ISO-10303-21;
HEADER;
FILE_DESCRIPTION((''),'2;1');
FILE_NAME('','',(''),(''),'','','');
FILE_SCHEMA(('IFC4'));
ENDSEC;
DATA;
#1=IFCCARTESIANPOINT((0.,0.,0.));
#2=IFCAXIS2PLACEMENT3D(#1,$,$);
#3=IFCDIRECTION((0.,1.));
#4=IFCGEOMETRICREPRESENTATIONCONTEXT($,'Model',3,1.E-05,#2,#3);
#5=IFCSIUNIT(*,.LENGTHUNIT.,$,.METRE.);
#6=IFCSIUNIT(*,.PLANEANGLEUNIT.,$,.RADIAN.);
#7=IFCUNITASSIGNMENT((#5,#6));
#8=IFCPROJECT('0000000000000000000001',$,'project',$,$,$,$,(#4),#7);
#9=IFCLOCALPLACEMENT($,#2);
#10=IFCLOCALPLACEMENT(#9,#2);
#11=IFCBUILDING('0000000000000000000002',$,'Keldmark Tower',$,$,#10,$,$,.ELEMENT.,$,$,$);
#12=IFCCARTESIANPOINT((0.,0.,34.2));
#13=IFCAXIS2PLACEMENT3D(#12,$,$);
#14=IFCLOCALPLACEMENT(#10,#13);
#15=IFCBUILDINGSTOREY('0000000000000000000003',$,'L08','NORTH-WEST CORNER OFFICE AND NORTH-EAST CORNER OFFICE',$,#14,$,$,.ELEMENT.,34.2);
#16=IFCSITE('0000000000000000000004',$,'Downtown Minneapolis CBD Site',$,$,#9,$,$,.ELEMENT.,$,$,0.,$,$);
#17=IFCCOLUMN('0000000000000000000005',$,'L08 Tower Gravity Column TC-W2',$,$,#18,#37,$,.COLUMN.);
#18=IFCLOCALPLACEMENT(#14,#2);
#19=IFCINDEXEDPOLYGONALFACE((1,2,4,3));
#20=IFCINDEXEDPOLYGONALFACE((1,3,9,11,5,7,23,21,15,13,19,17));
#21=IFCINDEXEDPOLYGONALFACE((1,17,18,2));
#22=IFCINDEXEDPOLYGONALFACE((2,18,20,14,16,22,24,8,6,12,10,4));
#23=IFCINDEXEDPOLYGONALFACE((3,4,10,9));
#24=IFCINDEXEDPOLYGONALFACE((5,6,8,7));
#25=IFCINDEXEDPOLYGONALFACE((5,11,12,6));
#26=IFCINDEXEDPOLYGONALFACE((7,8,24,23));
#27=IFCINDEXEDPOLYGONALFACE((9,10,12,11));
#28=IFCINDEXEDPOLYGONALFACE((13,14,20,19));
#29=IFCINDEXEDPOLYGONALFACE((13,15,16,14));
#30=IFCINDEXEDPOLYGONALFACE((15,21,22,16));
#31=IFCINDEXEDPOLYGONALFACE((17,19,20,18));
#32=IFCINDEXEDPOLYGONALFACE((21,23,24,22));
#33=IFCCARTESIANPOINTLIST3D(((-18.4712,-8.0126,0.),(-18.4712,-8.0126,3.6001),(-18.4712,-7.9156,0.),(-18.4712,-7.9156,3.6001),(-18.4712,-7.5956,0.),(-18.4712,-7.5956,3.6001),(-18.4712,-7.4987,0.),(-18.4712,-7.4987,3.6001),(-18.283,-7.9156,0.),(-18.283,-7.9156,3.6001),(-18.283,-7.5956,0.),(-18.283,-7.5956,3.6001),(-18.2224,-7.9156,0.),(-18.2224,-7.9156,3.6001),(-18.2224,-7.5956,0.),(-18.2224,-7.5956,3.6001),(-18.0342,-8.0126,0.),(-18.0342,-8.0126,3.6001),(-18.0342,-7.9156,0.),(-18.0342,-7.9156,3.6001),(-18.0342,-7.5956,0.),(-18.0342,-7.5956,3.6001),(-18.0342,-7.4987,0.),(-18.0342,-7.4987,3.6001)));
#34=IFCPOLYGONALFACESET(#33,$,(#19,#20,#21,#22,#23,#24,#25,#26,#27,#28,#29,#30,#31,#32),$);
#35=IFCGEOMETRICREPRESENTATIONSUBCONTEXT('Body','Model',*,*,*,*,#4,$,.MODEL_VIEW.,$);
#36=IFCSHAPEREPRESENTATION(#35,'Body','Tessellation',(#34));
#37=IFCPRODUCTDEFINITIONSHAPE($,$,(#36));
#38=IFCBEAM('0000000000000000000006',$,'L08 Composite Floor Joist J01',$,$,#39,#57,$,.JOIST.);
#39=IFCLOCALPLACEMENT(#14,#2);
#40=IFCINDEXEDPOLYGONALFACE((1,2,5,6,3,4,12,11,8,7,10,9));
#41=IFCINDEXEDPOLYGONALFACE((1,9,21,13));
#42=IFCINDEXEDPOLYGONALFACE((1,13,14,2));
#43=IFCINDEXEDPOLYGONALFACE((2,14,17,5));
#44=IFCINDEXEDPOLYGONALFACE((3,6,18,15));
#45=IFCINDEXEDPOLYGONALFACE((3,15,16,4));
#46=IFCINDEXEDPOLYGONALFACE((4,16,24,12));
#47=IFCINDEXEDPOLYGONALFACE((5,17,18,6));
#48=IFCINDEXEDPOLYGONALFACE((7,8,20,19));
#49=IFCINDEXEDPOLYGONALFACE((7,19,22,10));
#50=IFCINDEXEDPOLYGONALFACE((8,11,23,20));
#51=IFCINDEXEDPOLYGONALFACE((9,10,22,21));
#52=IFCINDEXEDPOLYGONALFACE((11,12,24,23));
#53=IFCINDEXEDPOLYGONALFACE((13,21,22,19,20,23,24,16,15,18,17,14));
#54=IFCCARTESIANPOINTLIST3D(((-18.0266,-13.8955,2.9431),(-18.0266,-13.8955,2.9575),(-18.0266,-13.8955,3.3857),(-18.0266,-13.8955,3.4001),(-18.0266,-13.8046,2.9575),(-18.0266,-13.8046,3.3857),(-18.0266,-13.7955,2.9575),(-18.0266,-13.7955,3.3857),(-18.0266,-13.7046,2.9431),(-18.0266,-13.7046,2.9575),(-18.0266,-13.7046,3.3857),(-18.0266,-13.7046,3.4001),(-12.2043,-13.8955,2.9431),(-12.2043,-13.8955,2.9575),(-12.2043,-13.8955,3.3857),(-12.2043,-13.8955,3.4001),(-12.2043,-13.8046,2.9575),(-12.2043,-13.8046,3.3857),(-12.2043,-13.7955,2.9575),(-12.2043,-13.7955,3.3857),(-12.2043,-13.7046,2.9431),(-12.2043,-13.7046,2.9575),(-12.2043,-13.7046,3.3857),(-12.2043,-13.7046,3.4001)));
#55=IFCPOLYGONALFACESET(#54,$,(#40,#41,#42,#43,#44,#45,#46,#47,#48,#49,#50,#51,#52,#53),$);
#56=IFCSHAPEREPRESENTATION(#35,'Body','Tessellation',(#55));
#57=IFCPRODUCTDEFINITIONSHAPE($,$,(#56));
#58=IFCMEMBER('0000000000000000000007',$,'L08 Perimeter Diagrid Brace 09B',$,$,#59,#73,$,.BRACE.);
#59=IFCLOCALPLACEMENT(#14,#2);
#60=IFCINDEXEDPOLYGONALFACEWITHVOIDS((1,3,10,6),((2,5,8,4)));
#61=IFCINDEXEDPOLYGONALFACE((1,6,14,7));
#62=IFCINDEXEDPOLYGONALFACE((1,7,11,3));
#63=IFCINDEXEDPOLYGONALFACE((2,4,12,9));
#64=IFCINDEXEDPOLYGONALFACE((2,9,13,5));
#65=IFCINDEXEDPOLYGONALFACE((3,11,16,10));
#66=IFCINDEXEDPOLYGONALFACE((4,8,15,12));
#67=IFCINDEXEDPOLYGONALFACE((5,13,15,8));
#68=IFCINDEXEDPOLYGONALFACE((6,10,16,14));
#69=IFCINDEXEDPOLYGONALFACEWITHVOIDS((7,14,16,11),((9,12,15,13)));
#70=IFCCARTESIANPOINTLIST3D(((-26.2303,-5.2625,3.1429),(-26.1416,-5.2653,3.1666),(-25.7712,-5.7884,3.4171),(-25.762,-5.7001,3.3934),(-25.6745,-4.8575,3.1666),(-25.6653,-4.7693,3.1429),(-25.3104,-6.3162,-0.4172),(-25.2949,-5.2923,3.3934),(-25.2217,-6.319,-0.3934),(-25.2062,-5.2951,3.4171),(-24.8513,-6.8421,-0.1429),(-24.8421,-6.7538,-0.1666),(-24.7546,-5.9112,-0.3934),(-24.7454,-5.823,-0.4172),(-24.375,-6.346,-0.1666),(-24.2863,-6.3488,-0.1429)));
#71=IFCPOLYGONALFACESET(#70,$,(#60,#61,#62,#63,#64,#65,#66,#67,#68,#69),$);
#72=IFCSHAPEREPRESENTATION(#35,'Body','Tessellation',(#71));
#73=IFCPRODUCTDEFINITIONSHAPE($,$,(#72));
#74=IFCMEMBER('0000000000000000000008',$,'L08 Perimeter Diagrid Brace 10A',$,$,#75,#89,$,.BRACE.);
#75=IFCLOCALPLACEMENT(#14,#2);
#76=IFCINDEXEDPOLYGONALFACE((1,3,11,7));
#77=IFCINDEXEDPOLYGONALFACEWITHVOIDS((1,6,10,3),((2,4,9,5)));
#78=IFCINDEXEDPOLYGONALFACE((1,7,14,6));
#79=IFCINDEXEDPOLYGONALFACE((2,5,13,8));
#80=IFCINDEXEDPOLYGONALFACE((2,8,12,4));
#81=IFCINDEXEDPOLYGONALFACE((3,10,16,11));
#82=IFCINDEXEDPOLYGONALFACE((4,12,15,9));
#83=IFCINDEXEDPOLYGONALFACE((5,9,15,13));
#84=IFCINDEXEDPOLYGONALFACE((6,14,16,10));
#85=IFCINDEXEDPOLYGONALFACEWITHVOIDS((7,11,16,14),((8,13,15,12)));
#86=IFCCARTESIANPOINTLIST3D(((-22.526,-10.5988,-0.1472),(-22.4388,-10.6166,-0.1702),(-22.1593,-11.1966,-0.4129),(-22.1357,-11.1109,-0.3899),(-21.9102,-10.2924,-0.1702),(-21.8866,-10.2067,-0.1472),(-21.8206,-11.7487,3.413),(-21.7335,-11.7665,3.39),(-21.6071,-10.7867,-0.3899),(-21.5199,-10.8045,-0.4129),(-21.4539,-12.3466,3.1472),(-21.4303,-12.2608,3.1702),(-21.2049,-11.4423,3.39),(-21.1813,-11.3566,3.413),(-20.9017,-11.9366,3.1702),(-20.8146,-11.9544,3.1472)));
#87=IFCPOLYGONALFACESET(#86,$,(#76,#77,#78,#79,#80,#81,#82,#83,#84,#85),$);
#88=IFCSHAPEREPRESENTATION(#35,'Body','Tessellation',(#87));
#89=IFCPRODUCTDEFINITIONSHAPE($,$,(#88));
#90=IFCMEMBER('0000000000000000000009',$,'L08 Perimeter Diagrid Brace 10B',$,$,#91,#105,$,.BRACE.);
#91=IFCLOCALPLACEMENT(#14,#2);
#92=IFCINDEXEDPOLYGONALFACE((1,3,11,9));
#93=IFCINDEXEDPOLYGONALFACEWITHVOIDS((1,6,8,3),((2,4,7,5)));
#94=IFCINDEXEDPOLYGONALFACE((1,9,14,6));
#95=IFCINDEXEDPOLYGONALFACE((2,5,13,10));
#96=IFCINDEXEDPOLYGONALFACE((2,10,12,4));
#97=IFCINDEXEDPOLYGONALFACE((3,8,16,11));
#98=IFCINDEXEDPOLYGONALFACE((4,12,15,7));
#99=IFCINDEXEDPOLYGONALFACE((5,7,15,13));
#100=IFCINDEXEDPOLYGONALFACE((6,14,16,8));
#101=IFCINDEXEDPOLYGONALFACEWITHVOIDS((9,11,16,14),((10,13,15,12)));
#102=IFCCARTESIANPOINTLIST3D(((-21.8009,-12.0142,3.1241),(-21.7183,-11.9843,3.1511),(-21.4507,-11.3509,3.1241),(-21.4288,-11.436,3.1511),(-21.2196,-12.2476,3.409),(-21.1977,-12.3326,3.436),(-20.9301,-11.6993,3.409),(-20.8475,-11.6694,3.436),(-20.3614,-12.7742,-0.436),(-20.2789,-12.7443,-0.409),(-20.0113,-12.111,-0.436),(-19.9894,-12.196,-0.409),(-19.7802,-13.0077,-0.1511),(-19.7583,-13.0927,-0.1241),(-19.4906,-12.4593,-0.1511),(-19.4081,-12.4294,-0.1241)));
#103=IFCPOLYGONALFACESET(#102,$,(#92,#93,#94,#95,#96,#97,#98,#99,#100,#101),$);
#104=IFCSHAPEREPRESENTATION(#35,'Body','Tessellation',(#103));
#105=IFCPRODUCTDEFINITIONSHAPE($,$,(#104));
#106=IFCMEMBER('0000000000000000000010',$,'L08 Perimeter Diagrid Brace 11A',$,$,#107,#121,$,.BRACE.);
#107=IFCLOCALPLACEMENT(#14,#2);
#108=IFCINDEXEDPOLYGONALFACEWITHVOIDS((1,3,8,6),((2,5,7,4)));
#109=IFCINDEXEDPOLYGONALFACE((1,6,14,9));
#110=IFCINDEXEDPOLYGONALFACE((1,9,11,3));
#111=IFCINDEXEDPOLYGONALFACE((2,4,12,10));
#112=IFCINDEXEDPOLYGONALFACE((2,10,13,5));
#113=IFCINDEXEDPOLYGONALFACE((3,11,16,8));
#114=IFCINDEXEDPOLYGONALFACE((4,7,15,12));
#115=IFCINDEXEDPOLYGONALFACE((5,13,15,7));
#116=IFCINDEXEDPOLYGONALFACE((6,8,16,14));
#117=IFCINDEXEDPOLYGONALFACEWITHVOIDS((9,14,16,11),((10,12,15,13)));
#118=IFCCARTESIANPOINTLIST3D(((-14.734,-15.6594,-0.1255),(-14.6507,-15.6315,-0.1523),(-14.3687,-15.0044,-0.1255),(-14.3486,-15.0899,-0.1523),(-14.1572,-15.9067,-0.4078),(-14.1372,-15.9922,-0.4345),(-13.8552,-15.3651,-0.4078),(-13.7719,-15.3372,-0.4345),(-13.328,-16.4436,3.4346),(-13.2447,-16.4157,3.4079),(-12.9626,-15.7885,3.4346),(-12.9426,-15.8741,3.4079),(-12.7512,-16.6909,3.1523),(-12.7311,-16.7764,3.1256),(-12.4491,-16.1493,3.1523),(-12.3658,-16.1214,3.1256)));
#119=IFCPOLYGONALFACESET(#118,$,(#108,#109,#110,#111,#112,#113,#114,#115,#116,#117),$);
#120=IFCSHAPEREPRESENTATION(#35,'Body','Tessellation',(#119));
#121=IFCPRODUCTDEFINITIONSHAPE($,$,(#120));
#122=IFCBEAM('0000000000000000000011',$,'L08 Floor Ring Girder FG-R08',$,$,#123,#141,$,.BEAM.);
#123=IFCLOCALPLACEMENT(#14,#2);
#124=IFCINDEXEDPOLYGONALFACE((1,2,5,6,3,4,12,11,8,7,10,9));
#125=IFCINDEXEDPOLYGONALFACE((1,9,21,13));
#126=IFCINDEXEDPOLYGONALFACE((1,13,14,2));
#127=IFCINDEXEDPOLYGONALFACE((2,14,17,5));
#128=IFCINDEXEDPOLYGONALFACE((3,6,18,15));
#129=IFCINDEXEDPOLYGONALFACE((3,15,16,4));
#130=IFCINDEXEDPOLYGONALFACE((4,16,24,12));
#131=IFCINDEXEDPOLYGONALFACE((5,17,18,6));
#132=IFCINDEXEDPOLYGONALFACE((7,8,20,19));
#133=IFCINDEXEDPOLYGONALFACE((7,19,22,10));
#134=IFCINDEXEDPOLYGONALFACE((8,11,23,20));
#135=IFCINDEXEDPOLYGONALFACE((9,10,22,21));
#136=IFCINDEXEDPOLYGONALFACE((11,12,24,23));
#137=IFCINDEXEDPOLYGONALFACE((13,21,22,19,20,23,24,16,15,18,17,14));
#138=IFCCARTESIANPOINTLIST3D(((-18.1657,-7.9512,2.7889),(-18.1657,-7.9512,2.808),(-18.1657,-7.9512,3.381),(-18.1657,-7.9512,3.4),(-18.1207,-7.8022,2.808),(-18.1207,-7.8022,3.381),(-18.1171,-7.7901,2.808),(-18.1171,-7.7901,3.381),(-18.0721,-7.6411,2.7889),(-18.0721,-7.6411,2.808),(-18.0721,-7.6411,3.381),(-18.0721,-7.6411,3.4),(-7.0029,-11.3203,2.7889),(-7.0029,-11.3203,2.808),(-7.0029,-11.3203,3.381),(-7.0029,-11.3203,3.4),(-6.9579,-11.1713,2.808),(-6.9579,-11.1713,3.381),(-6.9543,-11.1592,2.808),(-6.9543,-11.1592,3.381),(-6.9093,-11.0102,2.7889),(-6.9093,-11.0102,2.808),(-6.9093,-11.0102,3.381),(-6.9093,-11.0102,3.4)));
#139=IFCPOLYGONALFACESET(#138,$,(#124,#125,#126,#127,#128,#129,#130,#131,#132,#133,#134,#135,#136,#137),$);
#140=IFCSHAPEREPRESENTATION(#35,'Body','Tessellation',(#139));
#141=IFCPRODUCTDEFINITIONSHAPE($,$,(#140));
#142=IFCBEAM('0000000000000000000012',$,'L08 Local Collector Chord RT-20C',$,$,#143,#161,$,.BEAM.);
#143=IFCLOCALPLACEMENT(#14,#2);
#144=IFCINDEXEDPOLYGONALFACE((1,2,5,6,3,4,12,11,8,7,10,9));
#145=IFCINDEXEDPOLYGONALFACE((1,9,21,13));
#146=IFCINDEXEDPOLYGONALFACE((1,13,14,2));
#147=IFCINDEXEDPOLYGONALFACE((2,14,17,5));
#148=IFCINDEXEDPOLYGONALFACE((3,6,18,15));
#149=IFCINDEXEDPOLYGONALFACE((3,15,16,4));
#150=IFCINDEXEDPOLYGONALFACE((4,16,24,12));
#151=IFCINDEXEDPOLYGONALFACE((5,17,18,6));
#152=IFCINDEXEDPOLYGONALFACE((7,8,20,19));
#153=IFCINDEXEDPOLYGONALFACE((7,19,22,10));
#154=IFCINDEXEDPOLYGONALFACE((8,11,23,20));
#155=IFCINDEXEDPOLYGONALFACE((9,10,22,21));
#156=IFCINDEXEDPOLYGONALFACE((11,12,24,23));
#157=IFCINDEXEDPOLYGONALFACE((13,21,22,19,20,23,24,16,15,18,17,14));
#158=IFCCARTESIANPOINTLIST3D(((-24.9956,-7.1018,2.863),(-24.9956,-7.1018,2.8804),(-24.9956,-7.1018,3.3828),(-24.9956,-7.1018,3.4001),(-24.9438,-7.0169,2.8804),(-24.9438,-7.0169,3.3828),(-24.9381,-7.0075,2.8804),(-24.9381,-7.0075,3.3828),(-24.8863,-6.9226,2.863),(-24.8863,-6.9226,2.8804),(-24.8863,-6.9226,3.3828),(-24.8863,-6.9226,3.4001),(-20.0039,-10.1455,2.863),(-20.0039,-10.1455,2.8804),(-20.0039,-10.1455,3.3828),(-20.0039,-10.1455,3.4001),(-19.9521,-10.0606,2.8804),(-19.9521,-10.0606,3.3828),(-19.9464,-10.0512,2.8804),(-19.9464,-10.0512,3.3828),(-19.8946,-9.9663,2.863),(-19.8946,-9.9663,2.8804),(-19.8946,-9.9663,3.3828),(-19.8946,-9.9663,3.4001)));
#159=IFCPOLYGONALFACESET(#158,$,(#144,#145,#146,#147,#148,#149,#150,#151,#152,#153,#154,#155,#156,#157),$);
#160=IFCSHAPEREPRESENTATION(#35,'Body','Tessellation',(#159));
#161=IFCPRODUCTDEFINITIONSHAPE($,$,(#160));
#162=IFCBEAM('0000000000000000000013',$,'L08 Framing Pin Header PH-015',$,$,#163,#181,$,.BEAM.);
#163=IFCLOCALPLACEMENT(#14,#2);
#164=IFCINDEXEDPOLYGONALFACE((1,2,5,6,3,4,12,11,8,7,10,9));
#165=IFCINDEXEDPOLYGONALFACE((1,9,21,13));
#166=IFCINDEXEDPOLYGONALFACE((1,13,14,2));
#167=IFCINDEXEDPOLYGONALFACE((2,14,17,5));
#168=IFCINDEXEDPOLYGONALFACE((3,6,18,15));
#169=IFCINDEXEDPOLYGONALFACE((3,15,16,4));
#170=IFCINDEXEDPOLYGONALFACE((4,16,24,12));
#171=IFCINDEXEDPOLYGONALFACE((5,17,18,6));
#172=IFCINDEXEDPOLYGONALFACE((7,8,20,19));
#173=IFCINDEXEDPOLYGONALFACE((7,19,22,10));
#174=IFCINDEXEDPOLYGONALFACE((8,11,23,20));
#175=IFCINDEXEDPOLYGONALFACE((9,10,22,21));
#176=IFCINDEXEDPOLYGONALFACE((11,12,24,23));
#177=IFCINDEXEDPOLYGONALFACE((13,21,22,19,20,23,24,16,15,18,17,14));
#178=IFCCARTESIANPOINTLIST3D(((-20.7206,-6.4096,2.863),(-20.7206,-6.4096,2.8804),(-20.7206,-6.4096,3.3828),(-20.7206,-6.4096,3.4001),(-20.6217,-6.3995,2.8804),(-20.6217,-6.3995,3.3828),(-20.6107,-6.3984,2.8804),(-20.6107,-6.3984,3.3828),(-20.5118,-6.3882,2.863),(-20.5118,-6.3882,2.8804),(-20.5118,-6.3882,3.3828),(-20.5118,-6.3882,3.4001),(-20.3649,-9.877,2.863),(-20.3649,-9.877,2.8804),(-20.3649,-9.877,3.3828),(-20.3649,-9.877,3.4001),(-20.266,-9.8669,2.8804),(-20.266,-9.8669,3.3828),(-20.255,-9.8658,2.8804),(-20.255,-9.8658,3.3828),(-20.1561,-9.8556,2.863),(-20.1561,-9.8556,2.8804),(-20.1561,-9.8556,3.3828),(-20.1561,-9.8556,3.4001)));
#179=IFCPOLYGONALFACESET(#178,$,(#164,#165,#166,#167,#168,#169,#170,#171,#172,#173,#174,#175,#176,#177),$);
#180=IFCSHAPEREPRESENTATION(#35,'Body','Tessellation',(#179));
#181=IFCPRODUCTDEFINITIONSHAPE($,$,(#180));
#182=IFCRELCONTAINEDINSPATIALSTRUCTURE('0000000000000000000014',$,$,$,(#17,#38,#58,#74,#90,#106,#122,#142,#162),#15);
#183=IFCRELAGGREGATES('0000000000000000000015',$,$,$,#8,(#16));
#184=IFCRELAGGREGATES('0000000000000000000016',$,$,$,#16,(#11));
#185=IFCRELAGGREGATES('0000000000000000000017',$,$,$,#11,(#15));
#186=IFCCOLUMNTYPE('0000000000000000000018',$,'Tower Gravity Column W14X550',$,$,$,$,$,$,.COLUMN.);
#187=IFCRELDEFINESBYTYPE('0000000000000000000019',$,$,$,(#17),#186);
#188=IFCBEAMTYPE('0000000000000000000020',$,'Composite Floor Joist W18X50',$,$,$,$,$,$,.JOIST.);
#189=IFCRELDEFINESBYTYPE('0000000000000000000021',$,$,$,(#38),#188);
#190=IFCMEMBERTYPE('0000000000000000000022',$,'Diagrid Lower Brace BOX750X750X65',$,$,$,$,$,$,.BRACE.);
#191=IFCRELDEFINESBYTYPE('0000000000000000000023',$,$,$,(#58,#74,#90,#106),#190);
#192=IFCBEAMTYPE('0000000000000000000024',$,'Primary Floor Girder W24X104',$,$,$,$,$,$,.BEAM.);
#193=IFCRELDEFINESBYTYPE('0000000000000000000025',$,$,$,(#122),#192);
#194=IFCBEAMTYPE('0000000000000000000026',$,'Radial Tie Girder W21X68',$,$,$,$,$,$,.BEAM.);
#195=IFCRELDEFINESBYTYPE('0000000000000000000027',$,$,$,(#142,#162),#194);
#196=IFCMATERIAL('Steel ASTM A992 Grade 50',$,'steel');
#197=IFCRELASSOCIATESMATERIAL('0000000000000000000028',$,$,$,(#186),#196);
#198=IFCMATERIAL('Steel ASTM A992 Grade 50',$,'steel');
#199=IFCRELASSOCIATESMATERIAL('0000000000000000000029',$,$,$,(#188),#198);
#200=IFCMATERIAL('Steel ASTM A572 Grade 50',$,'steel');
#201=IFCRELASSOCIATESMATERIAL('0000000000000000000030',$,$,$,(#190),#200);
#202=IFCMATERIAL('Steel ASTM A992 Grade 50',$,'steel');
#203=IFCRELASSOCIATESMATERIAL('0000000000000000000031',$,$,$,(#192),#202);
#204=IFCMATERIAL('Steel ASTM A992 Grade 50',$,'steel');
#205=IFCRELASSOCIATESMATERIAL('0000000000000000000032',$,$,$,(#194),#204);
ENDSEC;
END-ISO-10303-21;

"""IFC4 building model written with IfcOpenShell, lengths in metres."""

from ifc_helpers import new_model, si_unit, direction, frame, origin, origin_2d, place, context, subcontext, project, spatial, hollow_rectangle, i_section, extrude, material, material_profile, profile_set, type_object, element, save


model = new_model("IFC4")

# Units and contexts
model_context = context("Model", 3, precision=1e-05, world=origin(), true_north=direction((0.0, 1.0)))
body_context = subcontext(model_context, "Body", "Model", "MODEL_VIEW")
ifc_project = project(units=[si_unit("LENGTHUNIT", "METRE"), si_unit("PLANEANGLEUNIT", "RADIAN")], contexts=[model_context])

# Site, building, storey
site_placement = place(None, origin())
site = spatial("IfcSite", under=ifc_project, at=site_placement, Name="Downtown Minneapolis CBD Site", CompositionType="ELEMENT", RefElevation=0.0)
building_placement = place(site_placement, origin())
building = spatial("IfcBuilding", under=site, at=building_placement, Name="Keldmark Tower", CompositionType="ELEMENT")
storey_placement = place(building_placement, frame((0.0, 0.0, 34.2)))
storey = spatial("IfcBuildingStorey", under=building, at=storey_placement, Name="L08", Description="NORTH-WEST CORNER OFFICE AND NORTH-EAST CORNER OFFICE", CompositionType="ELEMENT", Elevation=34.2)

# Column
ifc_material_1 = material(Name="Steel ASTM A992 Grade 50", Category="steel")
ifc_material_profile_1 = material_profile(ifc_material_1, i_section(OverallWidth=0.437, OverallDepth=0.5139, WebThickness=0.0605, FlangeThickness=0.0969, at=origin_2d()), Name="W14X550")
ifc_profile_set_1 = profile_set([ifc_material_profile_1], Name="Steel ASTM A992 Grade 50")
column_type = type_object("IfcColumnType", Name="Tower Gravity Column W14X550", PredefinedType="COLUMN", material=ifc_profile_set_1)
column_placement = place(storey_placement, frame((-18.2527, -7.7556, 0.0), z_axis=(0.0, 0.0, 1.0), x_axis=(1.0, 0.0, 0.0)))
element("IfcColumn", 1, at=column_placement, inside=storey, type_object=column_type, Name="L08 Tower Gravity Column TC-W2", PredefinedType="COLUMN", context=body_context, shape_type="SweptSolid", body=[
    extrude(i_section(OverallWidth=0.437, OverallDepth=0.5139, WebThickness=0.0605, FlangeThickness=0.0969, at=origin_2d()), origin(), (0.0, 0.0, 1.0), 3.6001),
])

# Beam
ifc_material_2 = material(Name="Steel ASTM A992 Grade 50", Category="steel")
ifc_material_profile_2 = material_profile(ifc_material_2, i_section(OverallWidth=0.1909, OverallDepth=0.457, WebThickness=0.009, FlangeThickness=0.0144, at=origin_2d()), Name="W18X50")
ifc_profile_set_2 = profile_set([ifc_material_profile_2], Name="Steel ASTM A992 Grade 50")
beam_type_1 = type_object("IfcBeamType", Name="Composite Floor Joist W18X50", PredefinedType="JOIST", material=ifc_profile_set_2)
beam_1_placement = place(storey_placement, frame((-18.0266, -13.8, 3.1716), z_axis=(1.0, 0.0, 0.0), x_axis=(0.0, 1.0, 0.0)))
element("IfcBeam", 2, at=beam_1_placement, inside=storey, type_object=beam_type_1, Name="L08 Composite Floor Joist J01", PredefinedType="JOIST", context=body_context, shape_type="SweptSolid", body=[
    extrude(i_section(OverallWidth=0.1909, OverallDepth=0.457, WebThickness=0.009, FlangeThickness=0.0144, at=origin_2d()), origin(), (0.0, 0.0, 1.0), 5.8223),
])

# Members
ifc_material_3 = material(Name="Steel ASTM A572 Grade 50", Category="steel")
ifc_material_profile_3 = material_profile(ifc_material_3, hollow_rectangle(XDim=0.75, YDim=0.75, WallThickness=0.0649, at=origin_2d()), Name="BOX750X750X65")
ifc_profile_set_3 = profile_set([ifc_material_profile_3], Name="Steel ASTM A572 Grade 50")
member_type = type_object("IfcMemberType", Name="Diagrid Lower Brace BOX750X750X65", PredefinedType="BRACE", material=ifc_profile_set_3)
member_1_placement = place(storey_placement, frame((-24.7983, -6.3325, -0.28), z_axis=(-0.240503, 0.27548, 0.930736), x_axis=(-0.753311, -0.657664, 0.0)))
element("IfcMember", 3, at=member_1_placement, inside=storey, type_object=member_type, Name="L08 Perimeter Diagrid Brace 09B", PredefinedType="BRACE", context=body_context, shape_type="SweptSolid", body=[
    extrude(hollow_rectangle(XDim=0.75, YDim=0.75, WallThickness=0.0649, at=origin_2d()), origin(), (0.0, 0.0, 1.0), 3.825),
])
member_2_placement = place(storey_placement, frame((-22.0229, -10.7017, -0.28), z_axis=(0.185266, -0.302044, 0.935118), x_axis=(0.852422, 0.522855, 0.0)))
element("IfcMember", 4, at=member_2_placement, inside=storey, type_object=member_type, Name="L08 Perimeter Diagrid Brace 10A", PredefinedType="BRACE", context=body_context, shape_type="SweptSolid", body=[
    extrude(hollow_rectangle(XDim=0.75, YDim=0.75, WallThickness=0.0649, at=origin_2d()), origin(), (0.0, 0.0, 1.0), 3.8071),
])
member_3_placement = place(storey_placement, frame((-19.8848, -12.6018, -0.28), z_axis=(-0.367719, 0.19415, 0.909444), x_axis=(-0.466902, -0.884309, 0.0)))
element("IfcMember", 5, at=member_3_placement, inside=storey, type_object=member_type, Name="L08 Perimeter Diagrid Brace 10B", PredefinedType="BRACE", context=body_context, shape_type="SweptSolid", body=[
    extrude(hollow_rectangle(XDim=0.75, YDim=0.75, WallThickness=0.0649, at=origin_2d()), origin(), (0.0, 0.0, 1.0), 3.9146),
])
member_4_placement = place(storey_placement, frame((-14.2529, -15.4983, -0.28), z_axis=(0.359855, -0.200704, 0.911165), x_axis=(0.487097, 0.873348, 0.0)))
element("IfcMember", 6, at=member_4_placement, inside=storey, type_object=member_type, Name="L08 Perimeter Diagrid Brace 11A", PredefinedType="BRACE", context=body_context, shape_type="SweptSolid", body=[
    extrude(hollow_rectangle(XDim=0.75, YDim=0.75, WallThickness=0.0649, at=origin_2d()), origin(), (0.0, 0.0, 1.0), 3.9072),
])

# Beams
ifc_material_4 = material(Name="Steel ASTM A992 Grade 50", Category="steel")
ifc_material_profile_4 = material_profile(ifc_material_4, i_section(OverallWidth=0.324, OverallDepth=0.6111, WebThickness=0.0127, FlangeThickness=0.019, at=origin_2d()), Name="W24X104")
ifc_profile_set_4 = profile_set([ifc_material_profile_4], Name="Steel ASTM A992 Grade 50")
beam_type_2 = type_object("IfcBeamType", Name="Primary Floor Girder W24X104", PredefinedType="BEAM", material=ifc_profile_set_4)
beam_2_placement = place(storey_placement, frame((-18.1189, -7.7961, 3.0945), z_axis=(0.957346, -0.288944, 0.0), x_axis=(0.288944, 0.957346, 0.0)))
element("IfcBeam", 7, at=beam_2_placement, inside=storey, type_object=beam_type_2, Name="L08 Floor Ring Girder FG-R08", PredefinedType="BEAM", context=body_context, shape_type="SweptSolid", body=[
    extrude(i_section(OverallWidth=0.324, OverallDepth=0.6111, WebThickness=0.0127, FlangeThickness=0.019, at=origin_2d()), origin(), (0.0, 0.0, 1.0), 11.6602),
])
ifc_material_5 = material(Name="Steel ASTM A992 Grade 50", Category="steel")
ifc_material_profile_5 = material_profile(ifc_material_5, i_section(OverallWidth=0.21, OverallDepth=0.5371, WebThickness=0.011, FlangeThickness=0.0173, at=origin_2d()), Name="W21X68")
ifc_profile_set_5 = profile_set([ifc_material_profile_5], Name="Steel ASTM A992 Grade 50")
beam_type_3 = type_object("IfcBeamType", Name="Radial Tie Girder W21X68", PredefinedType="BEAM", material=ifc_profile_set_5)
beam_3_placement = place(storey_placement, frame((-24.9409, -7.0122, 3.1316), z_axis=(0.853798, -0.520605, 0.0), x_axis=(0.520605, 0.853798, 0.0)))
element("IfcBeam", 8, at=beam_3_placement, inside=storey, type_object=beam_type_3, Name="L08 Local Collector Chord RT-20C", PredefinedType="BEAM", context=body_context, shape_type="SweptSolid", body=[
    extrude(i_section(OverallWidth=0.21, OverallDepth=0.5371, WebThickness=0.011, FlangeThickness=0.0173, at=origin_2d()), origin(), (0.0, 0.0, 1.0), 5.8464),
])
beam_4_placement = place(storey_placement, frame((-20.6162, -6.3989, 3.1316), z_axis=(0.102056, -0.994779, 0.0), x_axis=(0.994779, 0.102056, 0.0)))
element("IfcBeam", 9, at=beam_4_placement, inside=storey, type_object=beam_type_3, Name="L08 Framing Pin Header PH-015", PredefinedType="BEAM", context=body_context, shape_type="SweptSolid", body=[
    extrude(i_section(OverallWidth=0.21, OverallDepth=0.5371, WebThickness=0.011, FlangeThickness=0.0173, at=origin_2d()), origin(), (0.0, 0.0, 1.0), 3.4856),
])

save(model, "model.ifc")
